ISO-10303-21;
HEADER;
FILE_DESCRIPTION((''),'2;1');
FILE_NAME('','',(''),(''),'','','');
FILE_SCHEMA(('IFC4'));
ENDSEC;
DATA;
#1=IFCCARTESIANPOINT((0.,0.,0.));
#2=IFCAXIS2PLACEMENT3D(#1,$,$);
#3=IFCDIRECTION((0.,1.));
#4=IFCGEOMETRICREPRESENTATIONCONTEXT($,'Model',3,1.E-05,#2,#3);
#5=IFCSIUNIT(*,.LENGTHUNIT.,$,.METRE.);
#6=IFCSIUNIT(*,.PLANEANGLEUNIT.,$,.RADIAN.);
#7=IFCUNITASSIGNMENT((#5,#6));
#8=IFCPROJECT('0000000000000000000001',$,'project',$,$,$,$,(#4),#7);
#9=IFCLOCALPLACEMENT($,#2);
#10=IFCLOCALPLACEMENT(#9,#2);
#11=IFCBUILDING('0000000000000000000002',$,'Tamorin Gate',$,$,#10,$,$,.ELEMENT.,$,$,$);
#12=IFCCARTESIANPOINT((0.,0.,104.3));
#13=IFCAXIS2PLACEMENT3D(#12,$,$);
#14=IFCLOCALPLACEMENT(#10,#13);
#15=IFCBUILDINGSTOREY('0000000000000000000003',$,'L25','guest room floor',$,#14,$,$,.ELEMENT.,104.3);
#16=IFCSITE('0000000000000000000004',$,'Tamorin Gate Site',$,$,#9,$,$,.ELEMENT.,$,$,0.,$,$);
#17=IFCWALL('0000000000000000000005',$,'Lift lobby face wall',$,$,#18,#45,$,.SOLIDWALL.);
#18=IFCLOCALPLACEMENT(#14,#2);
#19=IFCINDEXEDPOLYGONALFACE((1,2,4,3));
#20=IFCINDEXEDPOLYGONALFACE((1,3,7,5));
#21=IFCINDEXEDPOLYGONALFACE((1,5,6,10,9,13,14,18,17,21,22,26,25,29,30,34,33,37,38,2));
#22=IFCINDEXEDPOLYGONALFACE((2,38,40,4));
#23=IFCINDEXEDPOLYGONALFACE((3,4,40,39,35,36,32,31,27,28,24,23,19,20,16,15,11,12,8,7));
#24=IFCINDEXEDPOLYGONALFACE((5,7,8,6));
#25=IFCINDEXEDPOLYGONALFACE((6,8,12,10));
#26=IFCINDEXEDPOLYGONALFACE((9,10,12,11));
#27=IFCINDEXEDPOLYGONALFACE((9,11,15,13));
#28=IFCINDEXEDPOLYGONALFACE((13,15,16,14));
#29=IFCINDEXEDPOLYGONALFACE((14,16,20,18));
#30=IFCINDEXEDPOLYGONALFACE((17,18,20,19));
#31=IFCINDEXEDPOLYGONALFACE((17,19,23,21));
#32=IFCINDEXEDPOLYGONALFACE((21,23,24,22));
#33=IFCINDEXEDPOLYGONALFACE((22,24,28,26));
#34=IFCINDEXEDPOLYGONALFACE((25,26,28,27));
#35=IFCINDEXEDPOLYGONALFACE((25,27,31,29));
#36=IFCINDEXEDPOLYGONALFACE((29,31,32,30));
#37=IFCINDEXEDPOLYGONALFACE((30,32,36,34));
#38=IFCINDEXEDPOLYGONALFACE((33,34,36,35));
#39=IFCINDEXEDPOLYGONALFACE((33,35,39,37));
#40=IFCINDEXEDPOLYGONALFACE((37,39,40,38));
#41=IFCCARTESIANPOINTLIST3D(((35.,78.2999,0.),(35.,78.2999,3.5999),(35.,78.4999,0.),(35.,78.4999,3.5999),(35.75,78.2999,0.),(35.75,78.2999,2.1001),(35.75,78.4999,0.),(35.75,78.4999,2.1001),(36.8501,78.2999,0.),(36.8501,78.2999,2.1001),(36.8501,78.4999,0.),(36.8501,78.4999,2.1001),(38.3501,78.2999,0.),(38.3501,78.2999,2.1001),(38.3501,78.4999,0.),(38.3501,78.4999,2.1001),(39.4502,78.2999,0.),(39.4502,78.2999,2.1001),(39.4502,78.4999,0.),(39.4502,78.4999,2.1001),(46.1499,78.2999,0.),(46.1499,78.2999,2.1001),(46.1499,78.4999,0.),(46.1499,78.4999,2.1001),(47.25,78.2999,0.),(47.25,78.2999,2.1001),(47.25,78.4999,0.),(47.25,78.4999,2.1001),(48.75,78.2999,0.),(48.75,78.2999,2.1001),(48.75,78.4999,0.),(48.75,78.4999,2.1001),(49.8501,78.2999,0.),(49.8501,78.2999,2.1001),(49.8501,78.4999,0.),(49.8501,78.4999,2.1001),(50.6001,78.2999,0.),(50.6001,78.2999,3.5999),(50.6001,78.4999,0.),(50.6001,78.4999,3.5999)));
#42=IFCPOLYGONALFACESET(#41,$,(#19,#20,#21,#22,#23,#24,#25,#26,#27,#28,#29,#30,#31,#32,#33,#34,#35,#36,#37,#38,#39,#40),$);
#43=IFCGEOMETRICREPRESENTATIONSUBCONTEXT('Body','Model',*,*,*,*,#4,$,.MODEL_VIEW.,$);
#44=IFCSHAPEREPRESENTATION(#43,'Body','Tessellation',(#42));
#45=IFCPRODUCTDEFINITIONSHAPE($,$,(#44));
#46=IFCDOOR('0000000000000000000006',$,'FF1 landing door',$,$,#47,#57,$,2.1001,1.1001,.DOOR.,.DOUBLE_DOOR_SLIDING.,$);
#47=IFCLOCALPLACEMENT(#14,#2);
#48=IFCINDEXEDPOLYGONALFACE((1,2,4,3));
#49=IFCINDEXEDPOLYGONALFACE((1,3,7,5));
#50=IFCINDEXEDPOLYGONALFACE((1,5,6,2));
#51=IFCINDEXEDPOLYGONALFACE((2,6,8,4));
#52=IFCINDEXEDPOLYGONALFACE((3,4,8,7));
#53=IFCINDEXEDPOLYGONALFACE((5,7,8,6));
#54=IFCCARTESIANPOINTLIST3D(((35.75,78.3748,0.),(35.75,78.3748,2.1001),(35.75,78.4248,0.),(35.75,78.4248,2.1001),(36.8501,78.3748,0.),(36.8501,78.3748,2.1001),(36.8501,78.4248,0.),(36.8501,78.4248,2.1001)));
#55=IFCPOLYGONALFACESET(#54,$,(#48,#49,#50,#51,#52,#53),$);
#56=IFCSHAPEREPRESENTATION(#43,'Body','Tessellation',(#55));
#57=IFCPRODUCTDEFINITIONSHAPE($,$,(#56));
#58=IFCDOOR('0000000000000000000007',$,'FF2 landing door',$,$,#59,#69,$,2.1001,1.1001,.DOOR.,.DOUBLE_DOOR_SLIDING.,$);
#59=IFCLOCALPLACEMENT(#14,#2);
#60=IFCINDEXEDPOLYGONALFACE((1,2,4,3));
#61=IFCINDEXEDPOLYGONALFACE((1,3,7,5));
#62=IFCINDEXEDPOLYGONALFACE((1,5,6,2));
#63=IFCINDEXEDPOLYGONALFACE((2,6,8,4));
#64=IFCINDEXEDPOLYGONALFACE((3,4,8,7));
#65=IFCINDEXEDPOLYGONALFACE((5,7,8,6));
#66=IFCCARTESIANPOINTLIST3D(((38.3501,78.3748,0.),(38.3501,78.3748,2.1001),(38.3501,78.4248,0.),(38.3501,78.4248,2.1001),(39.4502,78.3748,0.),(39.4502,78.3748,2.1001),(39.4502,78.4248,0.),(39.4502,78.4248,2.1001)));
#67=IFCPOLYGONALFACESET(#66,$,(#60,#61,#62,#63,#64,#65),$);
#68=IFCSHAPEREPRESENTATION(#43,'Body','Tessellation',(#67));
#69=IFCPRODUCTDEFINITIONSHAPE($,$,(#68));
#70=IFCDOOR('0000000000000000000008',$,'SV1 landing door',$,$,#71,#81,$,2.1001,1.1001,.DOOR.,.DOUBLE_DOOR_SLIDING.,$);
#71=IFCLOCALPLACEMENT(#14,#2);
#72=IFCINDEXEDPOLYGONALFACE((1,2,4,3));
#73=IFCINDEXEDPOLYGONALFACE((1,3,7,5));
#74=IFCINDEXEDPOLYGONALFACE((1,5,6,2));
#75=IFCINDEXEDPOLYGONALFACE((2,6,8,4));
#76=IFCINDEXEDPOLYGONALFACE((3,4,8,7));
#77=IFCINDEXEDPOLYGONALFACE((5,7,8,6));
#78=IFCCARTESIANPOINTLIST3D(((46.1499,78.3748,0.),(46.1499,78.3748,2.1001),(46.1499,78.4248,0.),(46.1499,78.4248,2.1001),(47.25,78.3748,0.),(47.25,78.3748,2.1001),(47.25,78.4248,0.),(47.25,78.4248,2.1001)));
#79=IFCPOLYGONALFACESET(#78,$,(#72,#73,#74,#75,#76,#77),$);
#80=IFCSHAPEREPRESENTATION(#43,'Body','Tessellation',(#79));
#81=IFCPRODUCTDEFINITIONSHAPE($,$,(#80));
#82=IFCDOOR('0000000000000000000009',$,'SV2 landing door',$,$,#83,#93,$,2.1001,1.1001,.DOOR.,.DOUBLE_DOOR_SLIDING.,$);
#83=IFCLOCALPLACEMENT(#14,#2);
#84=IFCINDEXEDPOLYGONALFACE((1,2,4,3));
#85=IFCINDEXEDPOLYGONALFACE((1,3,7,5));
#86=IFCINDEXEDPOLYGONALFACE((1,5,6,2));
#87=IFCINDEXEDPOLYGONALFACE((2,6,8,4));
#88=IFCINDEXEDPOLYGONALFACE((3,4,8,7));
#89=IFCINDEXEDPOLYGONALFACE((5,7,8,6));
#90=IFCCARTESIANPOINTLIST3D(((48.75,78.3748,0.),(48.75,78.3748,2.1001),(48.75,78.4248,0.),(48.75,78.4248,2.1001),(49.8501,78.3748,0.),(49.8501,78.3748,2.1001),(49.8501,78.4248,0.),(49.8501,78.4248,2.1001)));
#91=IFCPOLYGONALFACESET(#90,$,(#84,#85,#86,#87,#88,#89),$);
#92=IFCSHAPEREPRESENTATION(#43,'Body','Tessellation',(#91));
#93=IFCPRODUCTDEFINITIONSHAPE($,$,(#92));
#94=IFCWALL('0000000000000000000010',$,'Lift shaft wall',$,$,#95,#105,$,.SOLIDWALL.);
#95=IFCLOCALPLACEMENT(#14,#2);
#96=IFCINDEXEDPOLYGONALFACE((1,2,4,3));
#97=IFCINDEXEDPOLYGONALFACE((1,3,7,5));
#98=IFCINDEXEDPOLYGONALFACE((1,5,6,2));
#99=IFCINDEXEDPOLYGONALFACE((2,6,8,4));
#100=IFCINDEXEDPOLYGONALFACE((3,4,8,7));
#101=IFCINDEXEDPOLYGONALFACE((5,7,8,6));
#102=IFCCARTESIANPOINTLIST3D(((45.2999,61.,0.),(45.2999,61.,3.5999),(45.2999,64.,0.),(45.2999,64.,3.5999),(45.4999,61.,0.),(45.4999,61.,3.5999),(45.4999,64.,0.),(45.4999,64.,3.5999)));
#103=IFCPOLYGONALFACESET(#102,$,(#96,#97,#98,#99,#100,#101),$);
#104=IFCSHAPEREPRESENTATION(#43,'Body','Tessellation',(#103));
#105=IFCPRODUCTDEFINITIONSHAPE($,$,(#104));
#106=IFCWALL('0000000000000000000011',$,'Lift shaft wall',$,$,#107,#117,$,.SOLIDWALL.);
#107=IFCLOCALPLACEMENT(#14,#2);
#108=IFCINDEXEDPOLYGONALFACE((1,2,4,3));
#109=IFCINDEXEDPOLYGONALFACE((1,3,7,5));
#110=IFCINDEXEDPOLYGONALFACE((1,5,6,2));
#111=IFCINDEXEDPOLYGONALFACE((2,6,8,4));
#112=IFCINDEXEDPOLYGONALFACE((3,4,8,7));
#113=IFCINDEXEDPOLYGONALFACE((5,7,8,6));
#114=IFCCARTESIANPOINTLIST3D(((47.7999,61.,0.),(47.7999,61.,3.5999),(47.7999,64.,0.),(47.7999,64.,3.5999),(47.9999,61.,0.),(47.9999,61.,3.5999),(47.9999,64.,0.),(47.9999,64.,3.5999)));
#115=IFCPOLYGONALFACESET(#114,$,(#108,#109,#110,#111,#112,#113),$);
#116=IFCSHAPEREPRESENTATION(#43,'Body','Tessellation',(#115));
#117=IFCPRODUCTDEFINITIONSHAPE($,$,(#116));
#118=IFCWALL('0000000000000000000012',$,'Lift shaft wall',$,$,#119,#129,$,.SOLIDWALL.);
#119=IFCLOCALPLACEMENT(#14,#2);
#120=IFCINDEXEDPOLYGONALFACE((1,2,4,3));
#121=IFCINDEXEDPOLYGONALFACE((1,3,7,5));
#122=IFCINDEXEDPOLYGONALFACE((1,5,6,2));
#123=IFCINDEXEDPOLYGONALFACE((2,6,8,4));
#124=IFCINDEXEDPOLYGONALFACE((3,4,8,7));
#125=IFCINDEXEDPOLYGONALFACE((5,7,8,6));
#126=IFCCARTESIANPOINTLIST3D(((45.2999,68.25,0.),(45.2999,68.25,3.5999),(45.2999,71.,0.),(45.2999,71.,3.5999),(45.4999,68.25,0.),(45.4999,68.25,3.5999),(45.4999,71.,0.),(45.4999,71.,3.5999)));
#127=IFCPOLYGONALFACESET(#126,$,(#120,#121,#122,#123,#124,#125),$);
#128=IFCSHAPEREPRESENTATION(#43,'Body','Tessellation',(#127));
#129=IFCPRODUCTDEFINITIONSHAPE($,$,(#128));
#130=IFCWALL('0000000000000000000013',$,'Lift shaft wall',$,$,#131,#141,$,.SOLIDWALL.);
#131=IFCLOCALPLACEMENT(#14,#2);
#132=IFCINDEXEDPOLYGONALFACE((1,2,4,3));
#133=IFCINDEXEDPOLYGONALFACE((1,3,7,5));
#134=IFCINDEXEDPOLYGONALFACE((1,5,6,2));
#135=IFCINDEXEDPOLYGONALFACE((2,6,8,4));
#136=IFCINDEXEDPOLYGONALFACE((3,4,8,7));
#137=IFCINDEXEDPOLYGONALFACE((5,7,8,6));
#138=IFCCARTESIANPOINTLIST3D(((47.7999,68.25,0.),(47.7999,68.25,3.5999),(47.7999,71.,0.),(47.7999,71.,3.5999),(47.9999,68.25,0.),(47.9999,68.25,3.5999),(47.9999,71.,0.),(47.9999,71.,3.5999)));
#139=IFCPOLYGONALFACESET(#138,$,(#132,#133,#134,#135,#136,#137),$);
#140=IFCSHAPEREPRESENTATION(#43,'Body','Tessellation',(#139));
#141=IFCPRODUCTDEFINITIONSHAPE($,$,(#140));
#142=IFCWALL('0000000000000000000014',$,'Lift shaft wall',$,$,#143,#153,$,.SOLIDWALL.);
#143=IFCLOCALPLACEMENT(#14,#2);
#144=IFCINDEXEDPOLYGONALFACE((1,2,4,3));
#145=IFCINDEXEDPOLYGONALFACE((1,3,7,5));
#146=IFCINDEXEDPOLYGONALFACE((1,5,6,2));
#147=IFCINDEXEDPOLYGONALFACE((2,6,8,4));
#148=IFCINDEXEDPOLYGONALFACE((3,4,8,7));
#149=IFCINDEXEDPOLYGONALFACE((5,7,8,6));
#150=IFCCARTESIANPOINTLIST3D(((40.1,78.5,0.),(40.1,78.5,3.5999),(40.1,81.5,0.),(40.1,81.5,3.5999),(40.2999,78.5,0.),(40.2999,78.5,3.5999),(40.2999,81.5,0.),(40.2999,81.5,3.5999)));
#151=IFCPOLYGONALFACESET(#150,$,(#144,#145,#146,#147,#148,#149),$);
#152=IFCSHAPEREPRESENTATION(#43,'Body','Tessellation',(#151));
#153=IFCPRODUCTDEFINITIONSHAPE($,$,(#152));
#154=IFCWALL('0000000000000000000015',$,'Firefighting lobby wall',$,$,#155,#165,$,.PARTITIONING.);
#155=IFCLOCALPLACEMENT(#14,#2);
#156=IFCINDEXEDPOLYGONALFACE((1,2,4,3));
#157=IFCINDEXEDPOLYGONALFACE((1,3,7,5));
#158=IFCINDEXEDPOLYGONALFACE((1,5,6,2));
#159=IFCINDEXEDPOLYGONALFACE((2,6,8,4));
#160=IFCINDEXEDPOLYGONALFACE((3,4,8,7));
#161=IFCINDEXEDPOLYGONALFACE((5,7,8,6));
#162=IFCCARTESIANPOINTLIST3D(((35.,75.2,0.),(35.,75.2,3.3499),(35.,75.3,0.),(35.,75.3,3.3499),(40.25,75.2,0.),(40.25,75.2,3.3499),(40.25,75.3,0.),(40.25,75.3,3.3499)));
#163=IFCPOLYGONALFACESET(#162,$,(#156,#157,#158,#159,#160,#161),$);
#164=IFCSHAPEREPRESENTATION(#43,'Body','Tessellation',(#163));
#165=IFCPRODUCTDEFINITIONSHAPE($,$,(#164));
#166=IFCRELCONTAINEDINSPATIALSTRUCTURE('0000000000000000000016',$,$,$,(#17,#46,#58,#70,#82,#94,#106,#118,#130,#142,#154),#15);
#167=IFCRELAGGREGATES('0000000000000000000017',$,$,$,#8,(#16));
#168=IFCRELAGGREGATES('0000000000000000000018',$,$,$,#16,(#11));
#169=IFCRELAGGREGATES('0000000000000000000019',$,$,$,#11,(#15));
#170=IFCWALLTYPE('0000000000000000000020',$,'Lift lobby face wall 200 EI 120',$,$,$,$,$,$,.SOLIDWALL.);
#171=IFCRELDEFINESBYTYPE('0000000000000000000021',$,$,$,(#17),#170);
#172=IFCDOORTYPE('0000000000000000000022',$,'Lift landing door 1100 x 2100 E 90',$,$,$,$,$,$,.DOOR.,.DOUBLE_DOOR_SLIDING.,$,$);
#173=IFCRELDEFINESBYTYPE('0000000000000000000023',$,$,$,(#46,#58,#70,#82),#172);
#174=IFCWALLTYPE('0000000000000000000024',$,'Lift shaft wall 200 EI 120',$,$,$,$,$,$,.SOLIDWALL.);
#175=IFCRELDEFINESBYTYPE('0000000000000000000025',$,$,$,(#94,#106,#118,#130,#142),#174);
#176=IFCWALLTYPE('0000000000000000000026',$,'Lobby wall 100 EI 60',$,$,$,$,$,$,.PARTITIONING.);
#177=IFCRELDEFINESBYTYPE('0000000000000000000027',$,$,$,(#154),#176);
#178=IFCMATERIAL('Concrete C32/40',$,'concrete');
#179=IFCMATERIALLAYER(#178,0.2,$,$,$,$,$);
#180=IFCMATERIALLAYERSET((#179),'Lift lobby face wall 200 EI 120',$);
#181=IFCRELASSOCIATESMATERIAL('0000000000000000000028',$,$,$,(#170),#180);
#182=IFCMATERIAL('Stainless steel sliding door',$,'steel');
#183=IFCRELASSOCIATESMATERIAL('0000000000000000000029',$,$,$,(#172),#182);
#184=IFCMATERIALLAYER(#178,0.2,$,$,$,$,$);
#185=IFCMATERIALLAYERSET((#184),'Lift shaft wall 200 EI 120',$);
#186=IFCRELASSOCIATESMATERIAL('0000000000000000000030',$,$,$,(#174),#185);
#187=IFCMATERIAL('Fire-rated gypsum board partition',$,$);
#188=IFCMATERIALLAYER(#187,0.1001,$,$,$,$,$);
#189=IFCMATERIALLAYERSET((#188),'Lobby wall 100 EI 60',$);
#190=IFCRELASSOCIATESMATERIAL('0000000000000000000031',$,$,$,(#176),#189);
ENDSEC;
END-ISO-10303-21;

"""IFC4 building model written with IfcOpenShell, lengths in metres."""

from ifc_helpers import new_model, si_unit, direction, frame, frame_2d, origin, place, context, subcontext, project, spatial, rectangle, extrude, material, layer, layer_set, type_object, element, fill, save


model = new_model("IFC4")

# Units and contexts
model_context = context("Model", 3, precision=1e-05, world=origin(), true_north=direction((0.0, 1.0)))
body_context = subcontext(model_context, "Body", "Model", "MODEL_VIEW")
ifc_project = project(units=[si_unit("LENGTHUNIT", "METRE"), si_unit("PLANEANGLEUNIT", "RADIAN")], contexts=[model_context])

# Site, building, storey
site_placement = place(None, origin())
site = spatial("IfcSite", under=ifc_project, at=site_placement, Name="Tamorin Gate Site", CompositionType="ELEMENT", RefElevation=0.0)
building_placement = place(site_placement, origin())
building = spatial("IfcBuilding", under=site, at=building_placement, Name="Tamorin Gate", CompositionType="ELEMENT")
storey_placement = place(building_placement, frame((0.0, 0.0, 104.3)))
storey = spatial("IfcBuildingStorey", under=building, at=storey_placement, Name="L25", Description="guest room floor", CompositionType="ELEMENT", Elevation=104.3)

# Wall, openings, doors
ifc_material_1 = material(Name="Concrete C32/40", Category="concrete")
ifc_layer_1 = layer(ifc_material_1, 0.2)
ifc_layer_set_1 = layer_set([ifc_layer_1], Name="Lift lobby face wall 200 EI 120")
wall_type_1 = type_object("IfcWallType", Name="Lift lobby face wall 200 EI 120", PredefinedType="SOLIDWALL", material=ifc_layer_set_1)
wall_1_placement = place(storey_placement, frame((35.0, 78.3999, 0.0), z_axis=(0.0, 0.0, 1.0), x_axis=(1.0, 0.0, 0.0)))
wall_1 = element("IfcWall", 1, at=wall_1_placement, inside=storey, type_object=wall_type_1, Name="Lift lobby face wall", PredefinedType="SOLIDWALL", context=body_context, shape_type="SweptSolid", body=[
    extrude(rectangle(XDim=15.6001, YDim=0.2, at=frame_2d((7.8, 0.0))), origin(), (0.0, 0.0, 1.0), 3.5999),
])
opening_1_placement = place(wall_1_placement, frame((0.75, 0.0, 0.0)))
opening_1 = element("IfcOpeningElement", 2, at=opening_1_placement, cuts=wall_1, PredefinedType="OPENING", context=body_context, shape_type="SweptSolid", body=[
    extrude(rectangle(XDim=1.1001, YDim=2.1001, at=frame_2d((0.55, 1.05))), frame((0.0, 0.1099, 0.0), z_axis=(0.0, -1.0, 0.0), x_axis=(1.0, 0.0, 0.0)), (0.0, 0.0, 1.0), 0.22),
])
opening_2_placement = place(wall_1_placement, frame((3.3501, 0.0, 0.0)))
opening_2 = element("IfcOpeningElement", 3, at=opening_2_placement, cuts=wall_1, PredefinedType="OPENING", context=body_context, shape_type="SweptSolid", body=[
    extrude(rectangle(XDim=1.1001, YDim=2.1001, at=frame_2d((0.55, 1.05))), frame((0.0, 0.1099, 0.0), z_axis=(0.0, -1.0, 0.0), x_axis=(1.0, 0.0, 0.0)), (0.0, 0.0, 1.0), 0.22),
])
opening_3_placement = place(wall_1_placement, frame((11.1499, 0.0, 0.0)))
opening_3 = element("IfcOpeningElement", 4, at=opening_3_placement, cuts=wall_1, PredefinedType="OPENING", context=body_context, shape_type="SweptSolid", body=[
    extrude(rectangle(XDim=1.1001, YDim=2.1001, at=frame_2d((0.55, 1.05))), frame((0.0, 0.1099, 0.0), z_axis=(0.0, -1.0, 0.0), x_axis=(1.0, 0.0, 0.0)), (0.0, 0.0, 1.0), 0.22),
])
opening_4_placement = place(wall_1_placement, frame((13.75, 0.0, 0.0)))
opening_4 = element("IfcOpeningElement", 5, at=opening_4_placement, cuts=wall_1, PredefinedType="OPENING", context=body_context, shape_type="SweptSolid", body=[
    extrude(rectangle(XDim=1.1001, YDim=2.1001, at=frame_2d((0.55, 1.05))), frame((0.0, 0.1099, 0.0), z_axis=(0.0, -1.0, 0.0), x_axis=(1.0, 0.0, 0.0)), (0.0, 0.0, 1.0), 0.22),
])
ifc_material_2 = material(Name="Stainless steel sliding door", Category="steel")
door_type_1 = type_object("IfcDoorType", Name="Lift landing door 1100 x 2100 E 90", OperationType="DOUBLE_DOOR_SLIDING", PredefinedType="DOOR", material=ifc_material_2)
door_1_placement = place(opening_1_placement, origin())
door_1 = element("IfcDoor", 6, at=door_1_placement, inside=storey, type_object=door_type_1, Name="FF1 landing door", OperationType="DOUBLE_DOOR_SLIDING", OverallHeight=2.1001, OverallWidth=1.1001, PredefinedType="DOOR", context=body_context, shape_type="SweptSolid", body=[
    extrude(rectangle(XDim=1.1001, YDim=2.1001, at=frame_2d((0.55, 1.05))), frame((0.0, 0.0249, 0.0), z_axis=(0.0, -1.0, 0.0), x_axis=(1.0, 0.0, 0.0)), (0.0, 0.0, 1.0), 0.05),
])
fill(opening_1, door_1)
door_2_placement = place(opening_2_placement, origin())
door_2 = element("IfcDoor", 7, at=door_2_placement, inside=storey, type_object=door_type_1, Name="FF2 landing door", OperationType="DOUBLE_DOOR_SLIDING", OverallHeight=2.1001, OverallWidth=1.1001, PredefinedType="DOOR", context=body_context, shape_type="SweptSolid", body=[
    extrude(rectangle(XDim=1.1001, YDim=2.1001, at=frame_2d((0.55, 1.05))), frame((0.0, 0.0249, 0.0), z_axis=(0.0, -1.0, 0.0), x_axis=(1.0, 0.0, 0.0)), (0.0, 0.0, 1.0), 0.05),
])
fill(opening_2, door_2)
door_3_placement = place(opening_3_placement, origin())
door_3 = element("IfcDoor", 8, at=door_3_placement, inside=storey, type_object=door_type_1, Name="SV1 landing door", OperationType="DOUBLE_DOOR_SLIDING", OverallHeight=2.1001, OverallWidth=1.1001, PredefinedType="DOOR", context=body_context, shape_type="SweptSolid", body=[
    extrude(rectangle(XDim=1.1001, YDim=2.1001, at=frame_2d((0.55, 1.05))), frame((0.0, 0.0249, 0.0), z_axis=(0.0, -1.0, 0.0), x_axis=(1.0, 0.0, 0.0)), (0.0, 0.0, 1.0), 0.05),
])
fill(opening_3, door_3)
door_4_placement = place(opening_4_placement, origin())
door_4 = element("IfcDoor", 9, at=door_4_placement, inside=storey, type_object=door_type_1, Name="SV2 landing door", OperationType="DOUBLE_DOOR_SLIDING", OverallHeight=2.1001, OverallWidth=1.1001, PredefinedType="DOOR", context=body_context, shape_type="SweptSolid", body=[
    extrude(rectangle(XDim=1.1001, YDim=2.1001, at=frame_2d((0.55, 1.05))), frame((0.0, 0.0249, 0.0), z_axis=(0.0, -1.0, 0.0), x_axis=(1.0, 0.0, 0.0)), (0.0, 0.0, 1.0), 0.05),
])
fill(opening_4, door_4)

# Walls
ifc_layer_2 = layer(ifc_material_1, 0.2)
ifc_layer_set_2 = layer_set([ifc_layer_2], Name="Lift shaft wall 200 EI 120")
wall_type_2 = type_object("IfcWallType", Name="Lift shaft wall 200 EI 120", PredefinedType="SOLIDWALL", material=ifc_layer_set_2)
for number, where, z_axis, x_axis, name in (
    (10, (45.3999, 61.0, 0.0), (0.0, 0.0, 1.0), (0.0, 1.0, 0.0), "Lift shaft wall"),
    (11, (47.8999, 61.0, 0.0), (0.0, 0.0, 1.0), (0.0, 1.0, 0.0), "Lift shaft wall"),
):
    element("IfcWall", number, at=place(storey_placement, frame(where, z_axis=z_axis, x_axis=x_axis)), inside=storey, type_object=wall_type_2, Name=name, PredefinedType="SOLIDWALL", context=body_context, shape_type="SweptSolid", body=[
        extrude(rectangle(XDim=3.0, YDim=0.2, at=frame_2d((1.5, 0.0))), origin(), (0.0, 0.0, 1.0), 3.5999),
    ])
for number, where, z_axis, x_axis, name in (
    (12, (45.3999, 68.25, 0.0), (0.0, 0.0, 1.0), (0.0, 1.0, 0.0), "Lift shaft wall"),
    (13, (47.8999, 68.25, 0.0), (0.0, 0.0, 1.0), (0.0, 1.0, 0.0), "Lift shaft wall"),
):
    element("IfcWall", number, at=place(storey_placement, frame(where, z_axis=z_axis, x_axis=x_axis)), inside=storey, type_object=wall_type_2, Name=name, PredefinedType="SOLIDWALL", context=body_context, shape_type="SweptSolid", body=[
        extrude(rectangle(XDim=2.75, YDim=0.2, at=frame_2d((1.375, 0.0))), origin(), (0.0, 0.0, 1.0), 3.5999),
    ])
wall_2_placement = place(storey_placement, frame((40.2, 78.5, 0.0), z_axis=(0.0, 0.0, 1.0), x_axis=(0.0, 1.0, 0.0)))
element("IfcWall", 14, at=wall_2_placement, inside=storey, type_object=wall_type_2, Name="Lift shaft wall", PredefinedType="SOLIDWALL", context=body_context, shape_type="SweptSolid", body=[
    extrude(rectangle(XDim=3.0, YDim=0.2, at=frame_2d((1.5, 0.0))), origin(), (0.0, 0.0, 1.0), 3.5999),
])
ifc_material_3 = material(Name="Fire-rated gypsum board partition")
ifc_layer_3 = layer(ifc_material_3, 0.1001)
ifc_layer_set_3 = layer_set([ifc_layer_3], Name="Lobby wall 100 EI 60")
wall_type_3 = type_object("IfcWallType", Name="Lobby wall 100 EI 60", PredefinedType="PARTITIONING", material=ifc_layer_set_3)
wall_3_placement = place(storey_placement, frame((35.0, 75.25, 0.0), z_axis=(0.0, 0.0, 1.0), x_axis=(1.0, 0.0, 0.0)))
element("IfcWall", 15, at=wall_3_placement, inside=storey, type_object=wall_type_3, Name="Firefighting lobby wall", PredefinedType="PARTITIONING", context=body_context, shape_type="SweptSolid", body=[
    extrude(rectangle(XDim=5.25, YDim=0.1001, at=frame_2d((2.625, 0.0))), origin(), (0.0, 0.0, 1.0), 3.3499),
])

save(model, "model.ifc")
